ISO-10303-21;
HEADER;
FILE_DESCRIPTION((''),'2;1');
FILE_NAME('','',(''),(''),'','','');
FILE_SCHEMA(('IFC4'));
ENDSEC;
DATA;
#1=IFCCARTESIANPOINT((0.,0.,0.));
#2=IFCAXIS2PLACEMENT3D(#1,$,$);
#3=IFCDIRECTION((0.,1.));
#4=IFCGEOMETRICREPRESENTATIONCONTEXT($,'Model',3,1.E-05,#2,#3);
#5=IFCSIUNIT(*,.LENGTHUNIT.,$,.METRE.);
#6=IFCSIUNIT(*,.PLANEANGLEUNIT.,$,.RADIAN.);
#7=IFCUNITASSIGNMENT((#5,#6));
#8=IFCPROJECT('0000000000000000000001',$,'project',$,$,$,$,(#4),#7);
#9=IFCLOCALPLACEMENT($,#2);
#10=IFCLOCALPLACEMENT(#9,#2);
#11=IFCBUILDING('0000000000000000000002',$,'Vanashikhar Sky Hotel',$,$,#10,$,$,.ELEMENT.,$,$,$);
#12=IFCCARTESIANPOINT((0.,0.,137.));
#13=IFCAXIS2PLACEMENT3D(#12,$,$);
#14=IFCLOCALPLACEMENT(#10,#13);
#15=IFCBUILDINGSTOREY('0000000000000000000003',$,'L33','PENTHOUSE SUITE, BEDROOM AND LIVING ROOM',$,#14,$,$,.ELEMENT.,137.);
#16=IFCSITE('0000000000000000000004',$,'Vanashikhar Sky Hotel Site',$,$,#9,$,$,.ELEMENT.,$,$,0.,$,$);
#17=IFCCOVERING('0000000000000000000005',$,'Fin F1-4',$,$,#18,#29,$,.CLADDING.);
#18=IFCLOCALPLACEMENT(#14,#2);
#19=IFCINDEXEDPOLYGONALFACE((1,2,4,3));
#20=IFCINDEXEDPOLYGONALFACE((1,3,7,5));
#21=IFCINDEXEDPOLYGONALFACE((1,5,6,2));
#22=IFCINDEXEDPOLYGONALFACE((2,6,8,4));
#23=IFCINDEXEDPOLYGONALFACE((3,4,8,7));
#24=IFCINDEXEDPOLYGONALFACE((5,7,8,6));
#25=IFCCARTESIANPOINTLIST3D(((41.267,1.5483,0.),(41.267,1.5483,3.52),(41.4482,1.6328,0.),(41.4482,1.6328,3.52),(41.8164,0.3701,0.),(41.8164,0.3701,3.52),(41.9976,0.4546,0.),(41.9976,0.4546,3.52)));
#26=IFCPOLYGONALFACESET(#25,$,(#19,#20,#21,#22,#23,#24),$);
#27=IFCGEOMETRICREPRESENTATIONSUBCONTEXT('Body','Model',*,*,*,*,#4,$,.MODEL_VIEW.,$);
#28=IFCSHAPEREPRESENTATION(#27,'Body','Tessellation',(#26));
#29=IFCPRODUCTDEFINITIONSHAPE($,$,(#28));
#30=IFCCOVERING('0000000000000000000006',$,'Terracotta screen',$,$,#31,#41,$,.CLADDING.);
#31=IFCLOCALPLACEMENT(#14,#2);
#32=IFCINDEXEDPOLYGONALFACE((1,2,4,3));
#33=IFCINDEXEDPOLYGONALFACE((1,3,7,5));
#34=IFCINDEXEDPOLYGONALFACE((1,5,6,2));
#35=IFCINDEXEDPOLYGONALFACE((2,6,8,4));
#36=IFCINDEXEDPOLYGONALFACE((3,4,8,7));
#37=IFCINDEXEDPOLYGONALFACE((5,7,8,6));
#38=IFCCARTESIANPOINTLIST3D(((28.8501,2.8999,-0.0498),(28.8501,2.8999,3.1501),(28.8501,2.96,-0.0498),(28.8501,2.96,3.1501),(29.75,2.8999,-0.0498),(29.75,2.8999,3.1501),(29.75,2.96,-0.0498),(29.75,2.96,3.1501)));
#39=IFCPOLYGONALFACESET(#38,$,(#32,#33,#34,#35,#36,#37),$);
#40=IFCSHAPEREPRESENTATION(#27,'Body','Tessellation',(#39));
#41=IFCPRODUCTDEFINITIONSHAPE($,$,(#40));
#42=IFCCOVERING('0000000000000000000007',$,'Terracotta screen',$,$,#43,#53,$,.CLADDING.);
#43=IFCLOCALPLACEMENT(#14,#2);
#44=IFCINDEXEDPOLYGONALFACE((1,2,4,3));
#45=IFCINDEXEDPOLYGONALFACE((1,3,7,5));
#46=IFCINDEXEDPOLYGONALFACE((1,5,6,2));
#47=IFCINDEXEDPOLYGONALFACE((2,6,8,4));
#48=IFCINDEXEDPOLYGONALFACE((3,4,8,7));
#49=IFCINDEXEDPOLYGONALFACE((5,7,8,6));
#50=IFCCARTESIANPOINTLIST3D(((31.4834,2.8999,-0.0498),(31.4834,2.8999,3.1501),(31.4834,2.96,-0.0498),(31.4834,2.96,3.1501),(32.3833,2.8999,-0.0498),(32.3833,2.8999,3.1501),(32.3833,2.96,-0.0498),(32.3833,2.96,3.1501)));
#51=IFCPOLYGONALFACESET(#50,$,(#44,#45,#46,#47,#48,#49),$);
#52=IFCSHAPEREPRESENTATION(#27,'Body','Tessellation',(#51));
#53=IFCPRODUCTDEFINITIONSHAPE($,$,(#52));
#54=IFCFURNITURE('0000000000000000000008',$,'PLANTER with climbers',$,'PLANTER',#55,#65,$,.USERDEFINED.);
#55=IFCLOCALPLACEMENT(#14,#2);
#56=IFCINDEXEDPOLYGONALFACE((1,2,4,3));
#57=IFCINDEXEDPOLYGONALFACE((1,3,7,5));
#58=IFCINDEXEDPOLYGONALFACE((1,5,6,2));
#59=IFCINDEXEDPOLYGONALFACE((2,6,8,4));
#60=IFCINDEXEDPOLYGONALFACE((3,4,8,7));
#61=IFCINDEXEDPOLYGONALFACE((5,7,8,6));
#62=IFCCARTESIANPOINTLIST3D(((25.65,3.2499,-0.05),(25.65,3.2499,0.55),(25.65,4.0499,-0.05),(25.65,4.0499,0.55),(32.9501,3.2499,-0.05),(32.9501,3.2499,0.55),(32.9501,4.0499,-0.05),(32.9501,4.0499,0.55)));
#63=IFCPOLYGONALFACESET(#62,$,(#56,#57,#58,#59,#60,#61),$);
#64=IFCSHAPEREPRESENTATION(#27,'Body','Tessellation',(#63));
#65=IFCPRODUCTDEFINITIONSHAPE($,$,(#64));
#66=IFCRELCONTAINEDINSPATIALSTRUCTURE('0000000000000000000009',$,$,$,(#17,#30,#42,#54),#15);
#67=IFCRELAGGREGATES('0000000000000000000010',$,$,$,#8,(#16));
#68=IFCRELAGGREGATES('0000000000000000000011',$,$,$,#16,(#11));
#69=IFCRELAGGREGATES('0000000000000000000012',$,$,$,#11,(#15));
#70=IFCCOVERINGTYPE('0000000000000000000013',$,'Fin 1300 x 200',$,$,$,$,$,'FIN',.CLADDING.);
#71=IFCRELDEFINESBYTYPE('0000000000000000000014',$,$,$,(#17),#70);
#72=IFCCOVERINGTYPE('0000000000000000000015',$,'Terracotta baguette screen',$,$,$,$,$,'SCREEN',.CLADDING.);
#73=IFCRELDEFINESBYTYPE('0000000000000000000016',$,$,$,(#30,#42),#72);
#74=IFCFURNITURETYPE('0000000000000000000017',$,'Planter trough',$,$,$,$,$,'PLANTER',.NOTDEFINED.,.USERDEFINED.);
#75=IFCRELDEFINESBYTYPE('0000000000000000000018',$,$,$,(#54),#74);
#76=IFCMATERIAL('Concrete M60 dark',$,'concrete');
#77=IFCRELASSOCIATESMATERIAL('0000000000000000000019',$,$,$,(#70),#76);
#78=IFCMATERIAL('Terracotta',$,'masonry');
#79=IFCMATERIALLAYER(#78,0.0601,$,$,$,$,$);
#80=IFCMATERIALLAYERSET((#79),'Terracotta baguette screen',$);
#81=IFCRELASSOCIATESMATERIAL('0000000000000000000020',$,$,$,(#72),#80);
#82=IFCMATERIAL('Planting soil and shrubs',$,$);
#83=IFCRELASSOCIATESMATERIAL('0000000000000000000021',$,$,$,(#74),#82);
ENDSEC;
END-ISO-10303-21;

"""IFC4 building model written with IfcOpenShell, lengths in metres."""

from ifc_helpers import new_model, si_unit, direction, frame, origin, origin_2d, place, context, subcontext, project, spatial, rectangle, extrude, source, transform, mapped, material, layer, layer_set, material_profile, profile_set, type_object, element, save


model = new_model("IFC4")

# Units and contexts
model_context = context("Model", 3, precision=1e-05, world=origin(), true_north=direction((0.0, 1.0)))
body_context = subcontext(model_context, "Body", "Model", "MODEL_VIEW")
ifc_project = project(units=[si_unit("LENGTHUNIT", "METRE"), si_unit("PLANEANGLEUNIT", "RADIAN")], contexts=[model_context])

# Site, building, storey
site_placement = place(None, origin())
site = spatial("IfcSite", under=ifc_project, at=site_placement, Name="Vanashikhar Sky Hotel Site", CompositionType="ELEMENT", RefElevation=0.0)
building_placement = place(site_placement, origin())
building = spatial("IfcBuilding", under=site, at=building_placement, Name="Vanashikhar Sky Hotel", CompositionType="ELEMENT")
storey_placement = place(building_placement, frame((0.0, 0.0, 137.0)))
storey = spatial("IfcBuildingStorey", under=building, at=storey_placement, Name="L33", Description="PENTHOUSE SUITE, BEDROOM AND LIVING ROOM", CompositionType="ELEMENT", Elevation=137.0)

# Coverings
ifc_material_1 = material(Name="Concrete M60 dark", Category="concrete")
ifc_material_profile = material_profile(ifc_material_1, rectangle(XDim=1.3, YDim=0.2, at=origin_2d()))
ifc_profile_set = profile_set([ifc_material_profile], Name="Fin 1300 x 200")
covering_type_1 = type_object("IfcCoveringType", Name="Fin 1300 x 200", ElementType="FIN", PredefinedType="CLADDING", material=ifc_profile_set)
shared_shape_1 = source(origin(), body_context, "Body", "SweptSolid", [
    extrude(rectangle(XDim=1.3, YDim=0.2, at=origin_2d()), origin(), (0.0, 0.0, 1.0), 3.52),
])
for number, where, z_axis, x_axis, name in (
    (1, (41.6323, 1.0015, 0.0), (0.0, 0.0, 1.0), (0.422618, -0.906308, 0.0), "Fin F1-4"),
):
    element("IfcCovering", number, at=place(storey_placement, frame(where, z_axis=z_axis, x_axis=x_axis)), inside=storey, type_object=covering_type_1, Name=name, PredefinedType="CLADDING", context=body_context, shape_type="MappedRepresentation", body=[
        mapped(shared_shape_1, transform((0.0, 0.0, 0.0), scale=1.0)),
    ])
ifc_material_2 = material(Name="Terracotta", Category="masonry")
ifc_layer_1 = layer(ifc_material_2, 0.0601)
ifc_layer_set_1 = layer_set([ifc_layer_1], Name="Terracotta baguette screen")
covering_type_2 = type_object("IfcCoveringType", Name="Terracotta baguette screen", ElementType="SCREEN", PredefinedType="CLADDING", material=ifc_layer_set_1)
shared_shape_2 = source(origin(), body_context, "Body", "SweptSolid", [
    extrude(rectangle(XDim=0.8999, YDim=0.0601, at=origin_2d()), origin(), (0.0, 0.0, 1.0), 3.2),
])
for number, where, z_axis, x_axis, name in (
    (2, (29.3, 2.9299, -0.0498), (0.0, 0.0, 1.0), (1.0, 0.0, 0.0), "Terracotta screen"),
    (3, (31.9333, 2.9299, -0.0498), (0.0, 0.0, 1.0), (1.0, 0.0, 0.0), "Terracotta screen"),
):
    element("IfcCovering", number, at=place(storey_placement, frame(where, z_axis=z_axis, x_axis=x_axis)), inside=storey, type_object=covering_type_2, Name=name, PredefinedType="CLADDING", context=body_context, shape_type="MappedRepresentation", body=[
        mapped(shared_shape_2, transform((0.0, 0.0, 0.0), scale=1.0)),
    ])

# Furniture
ifc_material_3 = material(Name="Planting soil and shrubs")
furniture_type = type_object("IfcFurnitureType", Name="Planter trough", ElementType="PLANTER", AssemblyPlace="NOTDEFINED", PredefinedType="USERDEFINED", material=ifc_material_3)
shared_shape_3 = source(origin(), body_context, "Body", "SweptSolid", [
    extrude(rectangle(XDim=7.3, YDim=0.8, at=origin_2d()), origin(), (0.0, 0.0, 1.0), 0.6001),
])
furniture_placement = place(storey_placement, frame((29.3, 3.6499, -0.05), z_axis=(0.0, 0.0, 1.0), x_axis=(1.0, 0.0, 0.0)))
element("IfcFurniture", 4, at=furniture_placement, inside=storey, type_object=furniture_type, Name="PLANTER with climbers", ObjectType="PLANTER", PredefinedType="USERDEFINED", context=body_context, shape_type="MappedRepresentation", body=[
    mapped(shared_shape_3, transform((0.0, 0.0, 0.0), scale=1.0)),
])

save(model, "model.ifc")
